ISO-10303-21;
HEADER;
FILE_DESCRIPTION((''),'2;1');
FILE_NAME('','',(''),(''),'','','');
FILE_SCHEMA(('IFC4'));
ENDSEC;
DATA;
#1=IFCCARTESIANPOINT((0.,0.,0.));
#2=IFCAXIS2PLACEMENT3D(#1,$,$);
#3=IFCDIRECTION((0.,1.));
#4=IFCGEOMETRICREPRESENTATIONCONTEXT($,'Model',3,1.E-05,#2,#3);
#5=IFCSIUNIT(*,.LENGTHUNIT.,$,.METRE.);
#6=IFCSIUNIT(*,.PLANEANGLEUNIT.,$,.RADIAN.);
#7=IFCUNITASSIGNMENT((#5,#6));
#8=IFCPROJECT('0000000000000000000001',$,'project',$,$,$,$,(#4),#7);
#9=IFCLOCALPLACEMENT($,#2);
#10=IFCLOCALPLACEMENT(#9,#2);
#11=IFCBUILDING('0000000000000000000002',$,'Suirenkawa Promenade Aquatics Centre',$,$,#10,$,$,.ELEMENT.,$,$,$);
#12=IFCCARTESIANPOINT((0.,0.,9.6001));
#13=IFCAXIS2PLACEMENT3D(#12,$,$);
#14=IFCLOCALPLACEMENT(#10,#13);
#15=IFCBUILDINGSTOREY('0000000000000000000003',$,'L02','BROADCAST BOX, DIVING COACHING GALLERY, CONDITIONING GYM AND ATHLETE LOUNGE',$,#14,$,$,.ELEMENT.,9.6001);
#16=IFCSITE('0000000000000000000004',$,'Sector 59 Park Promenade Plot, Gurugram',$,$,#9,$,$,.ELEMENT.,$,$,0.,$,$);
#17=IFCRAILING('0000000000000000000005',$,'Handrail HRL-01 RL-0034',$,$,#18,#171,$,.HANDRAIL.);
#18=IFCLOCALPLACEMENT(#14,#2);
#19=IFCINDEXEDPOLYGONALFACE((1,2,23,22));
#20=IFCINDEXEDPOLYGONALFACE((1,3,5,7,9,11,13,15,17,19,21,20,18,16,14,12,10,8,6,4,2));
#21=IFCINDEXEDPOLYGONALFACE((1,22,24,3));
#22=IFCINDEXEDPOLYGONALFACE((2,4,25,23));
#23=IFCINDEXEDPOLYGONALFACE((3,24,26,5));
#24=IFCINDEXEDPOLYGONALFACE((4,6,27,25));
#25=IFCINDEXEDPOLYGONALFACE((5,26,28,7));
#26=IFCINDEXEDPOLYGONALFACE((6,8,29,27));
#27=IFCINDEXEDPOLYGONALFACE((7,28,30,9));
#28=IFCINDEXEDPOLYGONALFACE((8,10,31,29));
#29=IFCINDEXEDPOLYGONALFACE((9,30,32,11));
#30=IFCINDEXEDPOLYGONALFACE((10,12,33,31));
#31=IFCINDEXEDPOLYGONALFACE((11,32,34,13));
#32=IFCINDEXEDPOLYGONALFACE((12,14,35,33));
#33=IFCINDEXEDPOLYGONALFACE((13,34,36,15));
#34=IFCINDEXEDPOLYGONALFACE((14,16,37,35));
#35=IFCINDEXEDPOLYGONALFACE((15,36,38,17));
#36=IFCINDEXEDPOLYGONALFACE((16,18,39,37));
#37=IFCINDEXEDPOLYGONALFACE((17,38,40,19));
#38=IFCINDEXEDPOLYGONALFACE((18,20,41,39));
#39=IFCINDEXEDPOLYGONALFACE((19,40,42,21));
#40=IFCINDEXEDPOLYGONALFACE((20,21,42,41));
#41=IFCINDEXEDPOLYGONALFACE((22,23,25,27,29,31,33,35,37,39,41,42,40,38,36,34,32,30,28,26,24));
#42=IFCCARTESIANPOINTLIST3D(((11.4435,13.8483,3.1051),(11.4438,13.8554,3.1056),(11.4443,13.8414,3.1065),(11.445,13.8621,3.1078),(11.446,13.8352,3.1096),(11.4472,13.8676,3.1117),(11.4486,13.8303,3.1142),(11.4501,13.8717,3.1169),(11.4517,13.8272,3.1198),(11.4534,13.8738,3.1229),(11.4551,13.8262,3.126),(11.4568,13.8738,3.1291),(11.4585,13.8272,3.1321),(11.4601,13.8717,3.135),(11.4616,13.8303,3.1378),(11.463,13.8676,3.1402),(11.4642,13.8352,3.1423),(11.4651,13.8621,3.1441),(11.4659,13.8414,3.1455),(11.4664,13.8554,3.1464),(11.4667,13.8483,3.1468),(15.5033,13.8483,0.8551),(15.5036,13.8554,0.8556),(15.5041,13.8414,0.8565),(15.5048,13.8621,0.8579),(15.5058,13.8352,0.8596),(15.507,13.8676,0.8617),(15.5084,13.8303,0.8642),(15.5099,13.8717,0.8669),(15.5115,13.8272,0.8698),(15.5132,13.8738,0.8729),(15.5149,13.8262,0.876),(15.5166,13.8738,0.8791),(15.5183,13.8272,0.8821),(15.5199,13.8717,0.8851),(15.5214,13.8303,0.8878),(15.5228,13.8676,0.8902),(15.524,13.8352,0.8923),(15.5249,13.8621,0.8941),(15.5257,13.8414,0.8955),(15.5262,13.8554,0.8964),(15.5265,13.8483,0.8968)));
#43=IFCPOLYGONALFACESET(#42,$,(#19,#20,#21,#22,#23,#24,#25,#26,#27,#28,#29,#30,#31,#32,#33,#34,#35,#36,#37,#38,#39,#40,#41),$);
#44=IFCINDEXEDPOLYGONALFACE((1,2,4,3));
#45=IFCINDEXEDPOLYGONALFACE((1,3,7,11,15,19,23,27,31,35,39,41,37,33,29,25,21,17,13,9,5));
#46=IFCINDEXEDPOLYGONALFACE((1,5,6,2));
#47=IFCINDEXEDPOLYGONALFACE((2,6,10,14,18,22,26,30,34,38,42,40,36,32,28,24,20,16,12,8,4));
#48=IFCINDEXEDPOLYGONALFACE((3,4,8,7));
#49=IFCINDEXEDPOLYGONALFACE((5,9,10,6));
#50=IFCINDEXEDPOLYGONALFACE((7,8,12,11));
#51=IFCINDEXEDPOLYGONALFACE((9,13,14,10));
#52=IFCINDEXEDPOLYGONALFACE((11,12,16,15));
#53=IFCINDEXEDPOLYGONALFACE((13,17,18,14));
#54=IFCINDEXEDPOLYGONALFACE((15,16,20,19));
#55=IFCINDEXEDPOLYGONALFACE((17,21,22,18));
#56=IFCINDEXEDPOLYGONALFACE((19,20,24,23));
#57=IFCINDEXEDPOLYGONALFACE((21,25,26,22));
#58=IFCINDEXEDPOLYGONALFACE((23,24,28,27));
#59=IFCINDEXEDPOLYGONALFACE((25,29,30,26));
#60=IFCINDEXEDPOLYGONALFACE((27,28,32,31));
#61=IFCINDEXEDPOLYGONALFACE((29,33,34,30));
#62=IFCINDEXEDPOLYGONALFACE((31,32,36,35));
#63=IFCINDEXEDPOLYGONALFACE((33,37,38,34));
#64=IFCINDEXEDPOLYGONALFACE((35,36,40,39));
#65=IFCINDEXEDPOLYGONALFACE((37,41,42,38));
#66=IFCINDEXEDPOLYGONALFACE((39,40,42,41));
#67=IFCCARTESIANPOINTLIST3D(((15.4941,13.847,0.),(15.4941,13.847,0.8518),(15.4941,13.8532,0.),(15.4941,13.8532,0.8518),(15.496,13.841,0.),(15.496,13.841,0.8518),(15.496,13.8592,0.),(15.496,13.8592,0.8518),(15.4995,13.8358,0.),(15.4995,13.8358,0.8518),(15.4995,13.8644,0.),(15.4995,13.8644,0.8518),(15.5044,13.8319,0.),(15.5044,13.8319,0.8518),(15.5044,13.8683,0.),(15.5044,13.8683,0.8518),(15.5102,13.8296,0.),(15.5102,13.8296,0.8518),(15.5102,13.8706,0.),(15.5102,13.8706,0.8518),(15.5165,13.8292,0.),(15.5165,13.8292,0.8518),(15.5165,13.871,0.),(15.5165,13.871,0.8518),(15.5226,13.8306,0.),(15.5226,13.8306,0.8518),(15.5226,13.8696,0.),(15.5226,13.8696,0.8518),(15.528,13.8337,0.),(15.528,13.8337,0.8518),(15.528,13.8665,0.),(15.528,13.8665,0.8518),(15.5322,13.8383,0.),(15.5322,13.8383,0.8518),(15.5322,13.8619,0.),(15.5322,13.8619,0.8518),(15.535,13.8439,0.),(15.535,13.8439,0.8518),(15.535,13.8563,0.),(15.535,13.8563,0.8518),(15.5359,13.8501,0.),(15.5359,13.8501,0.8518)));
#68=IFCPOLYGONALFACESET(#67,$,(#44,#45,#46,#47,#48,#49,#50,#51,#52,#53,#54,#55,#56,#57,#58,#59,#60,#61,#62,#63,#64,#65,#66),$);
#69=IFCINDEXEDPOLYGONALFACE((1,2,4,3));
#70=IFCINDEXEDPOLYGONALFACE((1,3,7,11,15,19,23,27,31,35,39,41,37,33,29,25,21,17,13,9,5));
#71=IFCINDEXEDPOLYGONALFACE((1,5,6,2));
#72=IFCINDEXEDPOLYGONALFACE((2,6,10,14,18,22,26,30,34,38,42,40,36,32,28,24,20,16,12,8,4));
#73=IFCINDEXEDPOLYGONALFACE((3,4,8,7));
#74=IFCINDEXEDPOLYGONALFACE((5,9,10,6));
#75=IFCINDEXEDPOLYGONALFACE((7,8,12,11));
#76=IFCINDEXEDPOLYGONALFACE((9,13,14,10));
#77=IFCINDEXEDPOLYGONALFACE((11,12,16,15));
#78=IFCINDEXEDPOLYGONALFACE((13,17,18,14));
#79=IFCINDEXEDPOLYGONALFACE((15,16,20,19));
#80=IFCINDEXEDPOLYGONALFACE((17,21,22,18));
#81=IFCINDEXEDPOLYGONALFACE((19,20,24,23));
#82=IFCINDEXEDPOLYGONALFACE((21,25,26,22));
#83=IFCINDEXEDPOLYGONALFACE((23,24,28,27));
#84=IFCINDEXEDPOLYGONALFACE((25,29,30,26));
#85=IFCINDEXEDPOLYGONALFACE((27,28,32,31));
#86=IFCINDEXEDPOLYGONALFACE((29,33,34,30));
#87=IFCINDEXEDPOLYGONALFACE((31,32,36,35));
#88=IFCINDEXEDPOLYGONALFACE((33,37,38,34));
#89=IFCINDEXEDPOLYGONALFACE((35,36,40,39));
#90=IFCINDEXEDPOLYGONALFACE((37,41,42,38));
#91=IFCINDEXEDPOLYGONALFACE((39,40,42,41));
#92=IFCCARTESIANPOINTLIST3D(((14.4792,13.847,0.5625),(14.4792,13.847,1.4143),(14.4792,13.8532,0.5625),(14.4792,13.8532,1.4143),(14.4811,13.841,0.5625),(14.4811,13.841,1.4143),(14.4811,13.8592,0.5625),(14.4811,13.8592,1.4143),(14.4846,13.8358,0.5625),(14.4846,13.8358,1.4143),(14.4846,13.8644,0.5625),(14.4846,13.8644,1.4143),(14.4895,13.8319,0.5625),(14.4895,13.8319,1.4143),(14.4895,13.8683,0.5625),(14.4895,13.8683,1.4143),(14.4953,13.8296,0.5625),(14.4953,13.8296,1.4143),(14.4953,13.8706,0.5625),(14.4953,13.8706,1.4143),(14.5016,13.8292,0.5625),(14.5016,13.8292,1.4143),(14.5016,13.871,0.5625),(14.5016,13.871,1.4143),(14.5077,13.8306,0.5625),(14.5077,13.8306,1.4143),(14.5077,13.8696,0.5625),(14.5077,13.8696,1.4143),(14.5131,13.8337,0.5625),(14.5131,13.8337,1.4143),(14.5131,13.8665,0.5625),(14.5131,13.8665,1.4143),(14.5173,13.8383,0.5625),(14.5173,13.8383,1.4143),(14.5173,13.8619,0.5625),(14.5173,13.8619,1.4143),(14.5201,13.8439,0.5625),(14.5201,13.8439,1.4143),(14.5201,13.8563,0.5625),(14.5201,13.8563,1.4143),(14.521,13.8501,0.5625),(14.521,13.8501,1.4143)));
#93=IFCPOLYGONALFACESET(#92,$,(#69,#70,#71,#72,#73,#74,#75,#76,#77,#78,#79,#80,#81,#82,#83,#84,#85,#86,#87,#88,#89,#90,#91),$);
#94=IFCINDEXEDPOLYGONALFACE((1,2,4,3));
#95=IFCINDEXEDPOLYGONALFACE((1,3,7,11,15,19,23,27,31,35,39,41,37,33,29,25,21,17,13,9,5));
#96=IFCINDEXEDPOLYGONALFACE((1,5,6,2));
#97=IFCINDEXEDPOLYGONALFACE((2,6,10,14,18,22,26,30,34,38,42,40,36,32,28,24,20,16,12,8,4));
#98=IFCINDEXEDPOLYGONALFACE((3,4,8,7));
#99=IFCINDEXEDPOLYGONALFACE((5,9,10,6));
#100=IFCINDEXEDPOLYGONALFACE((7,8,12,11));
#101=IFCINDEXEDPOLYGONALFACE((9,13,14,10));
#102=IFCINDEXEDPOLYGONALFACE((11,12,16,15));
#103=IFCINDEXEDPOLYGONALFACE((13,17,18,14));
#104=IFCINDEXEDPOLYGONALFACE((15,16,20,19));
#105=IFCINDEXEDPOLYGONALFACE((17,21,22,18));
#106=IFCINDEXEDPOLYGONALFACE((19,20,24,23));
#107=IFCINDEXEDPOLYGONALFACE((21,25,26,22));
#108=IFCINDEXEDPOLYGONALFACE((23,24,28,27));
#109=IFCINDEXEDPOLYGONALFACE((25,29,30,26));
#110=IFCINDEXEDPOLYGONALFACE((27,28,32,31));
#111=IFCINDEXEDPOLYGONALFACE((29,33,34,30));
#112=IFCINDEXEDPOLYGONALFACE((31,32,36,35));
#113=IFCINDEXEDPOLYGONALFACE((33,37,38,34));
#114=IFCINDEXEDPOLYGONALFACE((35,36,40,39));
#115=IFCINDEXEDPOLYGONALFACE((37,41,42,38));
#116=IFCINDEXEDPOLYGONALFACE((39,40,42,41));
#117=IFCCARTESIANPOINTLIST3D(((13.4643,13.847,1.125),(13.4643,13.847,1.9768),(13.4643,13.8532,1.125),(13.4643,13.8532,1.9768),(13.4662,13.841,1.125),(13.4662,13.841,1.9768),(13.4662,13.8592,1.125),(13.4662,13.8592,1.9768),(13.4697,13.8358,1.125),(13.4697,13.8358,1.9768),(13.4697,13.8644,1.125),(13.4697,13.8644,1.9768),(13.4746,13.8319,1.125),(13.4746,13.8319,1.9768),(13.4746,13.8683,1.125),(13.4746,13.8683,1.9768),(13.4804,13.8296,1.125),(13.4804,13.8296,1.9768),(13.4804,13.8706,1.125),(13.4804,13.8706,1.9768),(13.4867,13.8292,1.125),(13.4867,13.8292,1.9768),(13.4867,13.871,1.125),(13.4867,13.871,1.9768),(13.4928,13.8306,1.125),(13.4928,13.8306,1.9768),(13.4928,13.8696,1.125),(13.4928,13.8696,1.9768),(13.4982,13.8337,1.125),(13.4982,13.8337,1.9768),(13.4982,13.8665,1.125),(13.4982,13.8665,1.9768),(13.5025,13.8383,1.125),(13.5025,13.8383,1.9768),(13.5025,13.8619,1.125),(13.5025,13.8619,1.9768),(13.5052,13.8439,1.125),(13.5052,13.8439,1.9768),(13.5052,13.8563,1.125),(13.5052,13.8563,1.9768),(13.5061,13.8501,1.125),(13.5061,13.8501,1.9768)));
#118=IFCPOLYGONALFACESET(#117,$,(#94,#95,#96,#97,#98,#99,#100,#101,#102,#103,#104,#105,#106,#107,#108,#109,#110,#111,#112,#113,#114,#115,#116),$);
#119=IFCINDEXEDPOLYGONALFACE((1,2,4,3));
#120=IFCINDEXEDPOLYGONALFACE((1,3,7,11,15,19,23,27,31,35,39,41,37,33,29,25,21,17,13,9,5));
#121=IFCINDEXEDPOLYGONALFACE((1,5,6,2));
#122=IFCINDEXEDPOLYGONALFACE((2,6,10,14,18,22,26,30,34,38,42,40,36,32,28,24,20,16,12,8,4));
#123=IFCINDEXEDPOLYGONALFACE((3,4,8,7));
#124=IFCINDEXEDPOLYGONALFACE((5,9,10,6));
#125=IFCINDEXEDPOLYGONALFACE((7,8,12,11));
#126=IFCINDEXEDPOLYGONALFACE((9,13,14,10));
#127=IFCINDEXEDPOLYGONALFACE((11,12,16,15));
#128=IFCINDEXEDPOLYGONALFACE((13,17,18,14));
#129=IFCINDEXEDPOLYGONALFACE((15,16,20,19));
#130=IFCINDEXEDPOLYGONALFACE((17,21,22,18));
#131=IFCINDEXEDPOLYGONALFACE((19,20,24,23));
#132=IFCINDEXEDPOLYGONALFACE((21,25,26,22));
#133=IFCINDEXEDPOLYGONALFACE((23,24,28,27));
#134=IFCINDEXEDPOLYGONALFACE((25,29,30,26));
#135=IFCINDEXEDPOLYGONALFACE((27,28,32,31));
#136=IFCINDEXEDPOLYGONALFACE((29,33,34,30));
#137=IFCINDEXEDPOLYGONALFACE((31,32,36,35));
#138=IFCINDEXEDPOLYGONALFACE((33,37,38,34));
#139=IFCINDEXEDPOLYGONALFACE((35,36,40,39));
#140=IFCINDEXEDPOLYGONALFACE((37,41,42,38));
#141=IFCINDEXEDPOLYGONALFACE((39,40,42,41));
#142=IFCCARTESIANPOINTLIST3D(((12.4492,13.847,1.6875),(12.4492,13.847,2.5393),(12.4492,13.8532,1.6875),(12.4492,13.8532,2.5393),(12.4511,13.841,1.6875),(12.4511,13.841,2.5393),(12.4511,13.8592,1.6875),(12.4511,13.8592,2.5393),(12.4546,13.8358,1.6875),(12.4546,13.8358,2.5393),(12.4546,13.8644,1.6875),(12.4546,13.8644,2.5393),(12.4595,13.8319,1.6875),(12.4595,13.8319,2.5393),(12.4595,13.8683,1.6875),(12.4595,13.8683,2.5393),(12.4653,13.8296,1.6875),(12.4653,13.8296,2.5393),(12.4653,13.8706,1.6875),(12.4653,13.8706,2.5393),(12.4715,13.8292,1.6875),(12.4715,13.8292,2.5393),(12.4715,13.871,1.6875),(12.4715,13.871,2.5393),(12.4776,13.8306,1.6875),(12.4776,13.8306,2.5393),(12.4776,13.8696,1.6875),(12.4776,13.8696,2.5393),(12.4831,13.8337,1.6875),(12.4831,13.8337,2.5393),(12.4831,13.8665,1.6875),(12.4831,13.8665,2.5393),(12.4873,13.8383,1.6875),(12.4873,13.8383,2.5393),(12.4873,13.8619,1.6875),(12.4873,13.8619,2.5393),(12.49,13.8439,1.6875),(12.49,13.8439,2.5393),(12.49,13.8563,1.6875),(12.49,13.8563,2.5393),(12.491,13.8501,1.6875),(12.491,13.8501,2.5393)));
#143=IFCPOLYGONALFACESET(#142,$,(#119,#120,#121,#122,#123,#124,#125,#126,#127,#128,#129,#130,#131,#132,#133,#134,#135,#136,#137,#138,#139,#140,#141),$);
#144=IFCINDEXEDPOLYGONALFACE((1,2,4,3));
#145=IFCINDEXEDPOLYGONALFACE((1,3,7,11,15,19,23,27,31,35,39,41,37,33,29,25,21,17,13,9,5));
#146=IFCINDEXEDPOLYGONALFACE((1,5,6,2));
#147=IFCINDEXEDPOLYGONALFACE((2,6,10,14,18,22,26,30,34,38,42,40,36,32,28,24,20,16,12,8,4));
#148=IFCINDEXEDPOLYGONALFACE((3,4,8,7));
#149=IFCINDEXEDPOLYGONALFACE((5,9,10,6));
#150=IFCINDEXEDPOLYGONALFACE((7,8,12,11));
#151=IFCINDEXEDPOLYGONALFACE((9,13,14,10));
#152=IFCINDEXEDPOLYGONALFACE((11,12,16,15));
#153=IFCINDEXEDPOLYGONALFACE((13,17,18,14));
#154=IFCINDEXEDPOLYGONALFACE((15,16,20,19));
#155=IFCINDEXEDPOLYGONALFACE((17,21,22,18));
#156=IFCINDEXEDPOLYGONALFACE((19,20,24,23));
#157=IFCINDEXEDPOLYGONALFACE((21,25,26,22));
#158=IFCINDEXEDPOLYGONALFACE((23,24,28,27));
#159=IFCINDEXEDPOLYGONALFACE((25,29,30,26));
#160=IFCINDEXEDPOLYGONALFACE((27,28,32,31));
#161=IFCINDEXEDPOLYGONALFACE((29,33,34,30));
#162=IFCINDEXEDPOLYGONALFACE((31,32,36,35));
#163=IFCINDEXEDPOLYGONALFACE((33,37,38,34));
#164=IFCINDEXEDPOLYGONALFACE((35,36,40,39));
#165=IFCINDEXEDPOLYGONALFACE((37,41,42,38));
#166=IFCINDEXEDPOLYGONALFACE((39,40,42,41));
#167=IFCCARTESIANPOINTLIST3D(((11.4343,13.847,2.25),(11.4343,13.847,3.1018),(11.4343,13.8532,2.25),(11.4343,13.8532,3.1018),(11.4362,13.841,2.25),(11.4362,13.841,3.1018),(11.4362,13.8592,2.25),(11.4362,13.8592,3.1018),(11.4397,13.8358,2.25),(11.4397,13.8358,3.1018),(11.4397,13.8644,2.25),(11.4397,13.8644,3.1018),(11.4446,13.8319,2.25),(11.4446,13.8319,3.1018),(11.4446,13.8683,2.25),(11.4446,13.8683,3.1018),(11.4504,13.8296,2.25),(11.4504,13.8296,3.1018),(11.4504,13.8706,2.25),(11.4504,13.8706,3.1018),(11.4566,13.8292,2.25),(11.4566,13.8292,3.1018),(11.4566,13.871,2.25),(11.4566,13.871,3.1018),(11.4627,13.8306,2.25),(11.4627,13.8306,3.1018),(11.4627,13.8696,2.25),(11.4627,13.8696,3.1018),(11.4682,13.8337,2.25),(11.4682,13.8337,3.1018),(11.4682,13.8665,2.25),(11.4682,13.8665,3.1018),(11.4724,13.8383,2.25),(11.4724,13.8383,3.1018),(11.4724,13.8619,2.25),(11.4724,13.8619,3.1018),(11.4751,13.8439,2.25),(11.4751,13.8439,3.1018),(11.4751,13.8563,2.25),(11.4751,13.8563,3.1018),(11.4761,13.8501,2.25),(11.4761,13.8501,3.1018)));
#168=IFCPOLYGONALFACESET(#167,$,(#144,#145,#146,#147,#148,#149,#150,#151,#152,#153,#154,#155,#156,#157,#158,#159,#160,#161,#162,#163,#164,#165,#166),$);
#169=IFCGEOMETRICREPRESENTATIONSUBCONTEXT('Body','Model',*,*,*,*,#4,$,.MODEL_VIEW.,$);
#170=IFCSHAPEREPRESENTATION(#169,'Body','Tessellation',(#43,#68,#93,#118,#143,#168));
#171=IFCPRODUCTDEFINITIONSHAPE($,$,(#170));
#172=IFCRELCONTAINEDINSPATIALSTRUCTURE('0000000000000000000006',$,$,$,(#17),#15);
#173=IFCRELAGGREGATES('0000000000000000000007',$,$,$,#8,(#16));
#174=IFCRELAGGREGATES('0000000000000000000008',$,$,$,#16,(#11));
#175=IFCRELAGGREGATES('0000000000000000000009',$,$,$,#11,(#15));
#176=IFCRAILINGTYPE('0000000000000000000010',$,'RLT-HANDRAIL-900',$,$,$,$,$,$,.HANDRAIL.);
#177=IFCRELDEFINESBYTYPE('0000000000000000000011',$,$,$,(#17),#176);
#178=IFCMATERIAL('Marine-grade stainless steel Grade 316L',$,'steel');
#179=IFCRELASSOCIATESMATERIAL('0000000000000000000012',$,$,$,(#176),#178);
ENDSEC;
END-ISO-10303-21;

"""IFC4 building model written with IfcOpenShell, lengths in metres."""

from ifc_helpers import new_model, si_unit, direction, frame, origin, origin_2d, place, context, subcontext, project, spatial, circle, extrude, material, type_object, element, save


model = new_model("IFC4")

# Units and contexts
model_context = context("Model", 3, precision=1e-05, world=origin(), true_north=direction((0.0, 1.0)))
body_context = subcontext(model_context, "Body", "Model", "MODEL_VIEW")
ifc_project = project(units=[si_unit("LENGTHUNIT", "METRE"), si_unit("PLANEANGLEUNIT", "RADIAN")], contexts=[model_context])

# Site, building, storey
site_placement = place(None, origin())
site = spatial("IfcSite", under=ifc_project, at=site_placement, Name="Sector 59 Park Promenade Plot, Gurugram", CompositionType="ELEMENT", RefElevation=0.0)
building_placement = place(site_placement, origin())
building = spatial("IfcBuilding", under=site, at=building_placement, Name="Suirenkawa Promenade Aquatics Centre", CompositionType="ELEMENT")
storey_placement = place(building_placement, frame((0.0, 0.0, 9.6001)))
storey = spatial("IfcBuildingStorey", under=building, at=storey_placement, Name="L02", Description="BROADCAST BOX, DIVING COACHING GALLERY, CONDITIONING GYM AND ATHLETE LOUNGE", CompositionType="ELEMENT", Elevation=9.6001)

# Railing
ifc_material_1 = material(Name="Marine-grade stainless steel Grade 316L", Category="steel")
railing_type_1 = type_object("IfcRailingType", Name="RLT-HANDRAIL-900", PredefinedType="HANDRAIL", material=ifc_material_1)
railing_1_placement = place(storey_placement, frame((15.5149, 13.8501, 0.0)))
element("IfcRailing", 1, at=railing_1_placement, inside=storey, type_object=railing_type_1, Name="Handrail HRL-01 RL-0034", PredefinedType="HANDRAIL", context=body_context, shape_type="SweptSolid", body=[
    extrude(circle(Radius=0.0239, at=origin_2d()), frame((0.0, 0.0, 0.876), z_axis=(-0.874656, 0.0, 0.484745), x_axis=(0.0, -1.0, 0.0)), (0.0, 0.0, 1.0), 4.6416),
    extrude(circle(Radius=0.021, at=origin_2d()), origin(), (0.0, 0.0, 1.0), 0.8518),
    extrude(circle(Radius=0.021, at=origin_2d()), frame((-1.0149, 0.0, 0.5625)), (0.0, 0.0, 1.0), 0.8518),
    extrude(circle(Radius=0.021, at=origin_2d()), frame((-2.0298, 0.0, 1.125)), (0.0, 0.0, 1.0), 0.8518),
    extrude(circle(Radius=0.021, at=origin_2d()), frame((-3.0449, 0.0, 1.6875)), (0.0, 0.0, 1.0), 0.8518),
    extrude(circle(Radius=0.021, at=origin_2d()), frame((-4.0598, 0.0, 2.25)), (0.0, 0.0, 1.0), 0.8518),
])

save(model, "model.ifc")
